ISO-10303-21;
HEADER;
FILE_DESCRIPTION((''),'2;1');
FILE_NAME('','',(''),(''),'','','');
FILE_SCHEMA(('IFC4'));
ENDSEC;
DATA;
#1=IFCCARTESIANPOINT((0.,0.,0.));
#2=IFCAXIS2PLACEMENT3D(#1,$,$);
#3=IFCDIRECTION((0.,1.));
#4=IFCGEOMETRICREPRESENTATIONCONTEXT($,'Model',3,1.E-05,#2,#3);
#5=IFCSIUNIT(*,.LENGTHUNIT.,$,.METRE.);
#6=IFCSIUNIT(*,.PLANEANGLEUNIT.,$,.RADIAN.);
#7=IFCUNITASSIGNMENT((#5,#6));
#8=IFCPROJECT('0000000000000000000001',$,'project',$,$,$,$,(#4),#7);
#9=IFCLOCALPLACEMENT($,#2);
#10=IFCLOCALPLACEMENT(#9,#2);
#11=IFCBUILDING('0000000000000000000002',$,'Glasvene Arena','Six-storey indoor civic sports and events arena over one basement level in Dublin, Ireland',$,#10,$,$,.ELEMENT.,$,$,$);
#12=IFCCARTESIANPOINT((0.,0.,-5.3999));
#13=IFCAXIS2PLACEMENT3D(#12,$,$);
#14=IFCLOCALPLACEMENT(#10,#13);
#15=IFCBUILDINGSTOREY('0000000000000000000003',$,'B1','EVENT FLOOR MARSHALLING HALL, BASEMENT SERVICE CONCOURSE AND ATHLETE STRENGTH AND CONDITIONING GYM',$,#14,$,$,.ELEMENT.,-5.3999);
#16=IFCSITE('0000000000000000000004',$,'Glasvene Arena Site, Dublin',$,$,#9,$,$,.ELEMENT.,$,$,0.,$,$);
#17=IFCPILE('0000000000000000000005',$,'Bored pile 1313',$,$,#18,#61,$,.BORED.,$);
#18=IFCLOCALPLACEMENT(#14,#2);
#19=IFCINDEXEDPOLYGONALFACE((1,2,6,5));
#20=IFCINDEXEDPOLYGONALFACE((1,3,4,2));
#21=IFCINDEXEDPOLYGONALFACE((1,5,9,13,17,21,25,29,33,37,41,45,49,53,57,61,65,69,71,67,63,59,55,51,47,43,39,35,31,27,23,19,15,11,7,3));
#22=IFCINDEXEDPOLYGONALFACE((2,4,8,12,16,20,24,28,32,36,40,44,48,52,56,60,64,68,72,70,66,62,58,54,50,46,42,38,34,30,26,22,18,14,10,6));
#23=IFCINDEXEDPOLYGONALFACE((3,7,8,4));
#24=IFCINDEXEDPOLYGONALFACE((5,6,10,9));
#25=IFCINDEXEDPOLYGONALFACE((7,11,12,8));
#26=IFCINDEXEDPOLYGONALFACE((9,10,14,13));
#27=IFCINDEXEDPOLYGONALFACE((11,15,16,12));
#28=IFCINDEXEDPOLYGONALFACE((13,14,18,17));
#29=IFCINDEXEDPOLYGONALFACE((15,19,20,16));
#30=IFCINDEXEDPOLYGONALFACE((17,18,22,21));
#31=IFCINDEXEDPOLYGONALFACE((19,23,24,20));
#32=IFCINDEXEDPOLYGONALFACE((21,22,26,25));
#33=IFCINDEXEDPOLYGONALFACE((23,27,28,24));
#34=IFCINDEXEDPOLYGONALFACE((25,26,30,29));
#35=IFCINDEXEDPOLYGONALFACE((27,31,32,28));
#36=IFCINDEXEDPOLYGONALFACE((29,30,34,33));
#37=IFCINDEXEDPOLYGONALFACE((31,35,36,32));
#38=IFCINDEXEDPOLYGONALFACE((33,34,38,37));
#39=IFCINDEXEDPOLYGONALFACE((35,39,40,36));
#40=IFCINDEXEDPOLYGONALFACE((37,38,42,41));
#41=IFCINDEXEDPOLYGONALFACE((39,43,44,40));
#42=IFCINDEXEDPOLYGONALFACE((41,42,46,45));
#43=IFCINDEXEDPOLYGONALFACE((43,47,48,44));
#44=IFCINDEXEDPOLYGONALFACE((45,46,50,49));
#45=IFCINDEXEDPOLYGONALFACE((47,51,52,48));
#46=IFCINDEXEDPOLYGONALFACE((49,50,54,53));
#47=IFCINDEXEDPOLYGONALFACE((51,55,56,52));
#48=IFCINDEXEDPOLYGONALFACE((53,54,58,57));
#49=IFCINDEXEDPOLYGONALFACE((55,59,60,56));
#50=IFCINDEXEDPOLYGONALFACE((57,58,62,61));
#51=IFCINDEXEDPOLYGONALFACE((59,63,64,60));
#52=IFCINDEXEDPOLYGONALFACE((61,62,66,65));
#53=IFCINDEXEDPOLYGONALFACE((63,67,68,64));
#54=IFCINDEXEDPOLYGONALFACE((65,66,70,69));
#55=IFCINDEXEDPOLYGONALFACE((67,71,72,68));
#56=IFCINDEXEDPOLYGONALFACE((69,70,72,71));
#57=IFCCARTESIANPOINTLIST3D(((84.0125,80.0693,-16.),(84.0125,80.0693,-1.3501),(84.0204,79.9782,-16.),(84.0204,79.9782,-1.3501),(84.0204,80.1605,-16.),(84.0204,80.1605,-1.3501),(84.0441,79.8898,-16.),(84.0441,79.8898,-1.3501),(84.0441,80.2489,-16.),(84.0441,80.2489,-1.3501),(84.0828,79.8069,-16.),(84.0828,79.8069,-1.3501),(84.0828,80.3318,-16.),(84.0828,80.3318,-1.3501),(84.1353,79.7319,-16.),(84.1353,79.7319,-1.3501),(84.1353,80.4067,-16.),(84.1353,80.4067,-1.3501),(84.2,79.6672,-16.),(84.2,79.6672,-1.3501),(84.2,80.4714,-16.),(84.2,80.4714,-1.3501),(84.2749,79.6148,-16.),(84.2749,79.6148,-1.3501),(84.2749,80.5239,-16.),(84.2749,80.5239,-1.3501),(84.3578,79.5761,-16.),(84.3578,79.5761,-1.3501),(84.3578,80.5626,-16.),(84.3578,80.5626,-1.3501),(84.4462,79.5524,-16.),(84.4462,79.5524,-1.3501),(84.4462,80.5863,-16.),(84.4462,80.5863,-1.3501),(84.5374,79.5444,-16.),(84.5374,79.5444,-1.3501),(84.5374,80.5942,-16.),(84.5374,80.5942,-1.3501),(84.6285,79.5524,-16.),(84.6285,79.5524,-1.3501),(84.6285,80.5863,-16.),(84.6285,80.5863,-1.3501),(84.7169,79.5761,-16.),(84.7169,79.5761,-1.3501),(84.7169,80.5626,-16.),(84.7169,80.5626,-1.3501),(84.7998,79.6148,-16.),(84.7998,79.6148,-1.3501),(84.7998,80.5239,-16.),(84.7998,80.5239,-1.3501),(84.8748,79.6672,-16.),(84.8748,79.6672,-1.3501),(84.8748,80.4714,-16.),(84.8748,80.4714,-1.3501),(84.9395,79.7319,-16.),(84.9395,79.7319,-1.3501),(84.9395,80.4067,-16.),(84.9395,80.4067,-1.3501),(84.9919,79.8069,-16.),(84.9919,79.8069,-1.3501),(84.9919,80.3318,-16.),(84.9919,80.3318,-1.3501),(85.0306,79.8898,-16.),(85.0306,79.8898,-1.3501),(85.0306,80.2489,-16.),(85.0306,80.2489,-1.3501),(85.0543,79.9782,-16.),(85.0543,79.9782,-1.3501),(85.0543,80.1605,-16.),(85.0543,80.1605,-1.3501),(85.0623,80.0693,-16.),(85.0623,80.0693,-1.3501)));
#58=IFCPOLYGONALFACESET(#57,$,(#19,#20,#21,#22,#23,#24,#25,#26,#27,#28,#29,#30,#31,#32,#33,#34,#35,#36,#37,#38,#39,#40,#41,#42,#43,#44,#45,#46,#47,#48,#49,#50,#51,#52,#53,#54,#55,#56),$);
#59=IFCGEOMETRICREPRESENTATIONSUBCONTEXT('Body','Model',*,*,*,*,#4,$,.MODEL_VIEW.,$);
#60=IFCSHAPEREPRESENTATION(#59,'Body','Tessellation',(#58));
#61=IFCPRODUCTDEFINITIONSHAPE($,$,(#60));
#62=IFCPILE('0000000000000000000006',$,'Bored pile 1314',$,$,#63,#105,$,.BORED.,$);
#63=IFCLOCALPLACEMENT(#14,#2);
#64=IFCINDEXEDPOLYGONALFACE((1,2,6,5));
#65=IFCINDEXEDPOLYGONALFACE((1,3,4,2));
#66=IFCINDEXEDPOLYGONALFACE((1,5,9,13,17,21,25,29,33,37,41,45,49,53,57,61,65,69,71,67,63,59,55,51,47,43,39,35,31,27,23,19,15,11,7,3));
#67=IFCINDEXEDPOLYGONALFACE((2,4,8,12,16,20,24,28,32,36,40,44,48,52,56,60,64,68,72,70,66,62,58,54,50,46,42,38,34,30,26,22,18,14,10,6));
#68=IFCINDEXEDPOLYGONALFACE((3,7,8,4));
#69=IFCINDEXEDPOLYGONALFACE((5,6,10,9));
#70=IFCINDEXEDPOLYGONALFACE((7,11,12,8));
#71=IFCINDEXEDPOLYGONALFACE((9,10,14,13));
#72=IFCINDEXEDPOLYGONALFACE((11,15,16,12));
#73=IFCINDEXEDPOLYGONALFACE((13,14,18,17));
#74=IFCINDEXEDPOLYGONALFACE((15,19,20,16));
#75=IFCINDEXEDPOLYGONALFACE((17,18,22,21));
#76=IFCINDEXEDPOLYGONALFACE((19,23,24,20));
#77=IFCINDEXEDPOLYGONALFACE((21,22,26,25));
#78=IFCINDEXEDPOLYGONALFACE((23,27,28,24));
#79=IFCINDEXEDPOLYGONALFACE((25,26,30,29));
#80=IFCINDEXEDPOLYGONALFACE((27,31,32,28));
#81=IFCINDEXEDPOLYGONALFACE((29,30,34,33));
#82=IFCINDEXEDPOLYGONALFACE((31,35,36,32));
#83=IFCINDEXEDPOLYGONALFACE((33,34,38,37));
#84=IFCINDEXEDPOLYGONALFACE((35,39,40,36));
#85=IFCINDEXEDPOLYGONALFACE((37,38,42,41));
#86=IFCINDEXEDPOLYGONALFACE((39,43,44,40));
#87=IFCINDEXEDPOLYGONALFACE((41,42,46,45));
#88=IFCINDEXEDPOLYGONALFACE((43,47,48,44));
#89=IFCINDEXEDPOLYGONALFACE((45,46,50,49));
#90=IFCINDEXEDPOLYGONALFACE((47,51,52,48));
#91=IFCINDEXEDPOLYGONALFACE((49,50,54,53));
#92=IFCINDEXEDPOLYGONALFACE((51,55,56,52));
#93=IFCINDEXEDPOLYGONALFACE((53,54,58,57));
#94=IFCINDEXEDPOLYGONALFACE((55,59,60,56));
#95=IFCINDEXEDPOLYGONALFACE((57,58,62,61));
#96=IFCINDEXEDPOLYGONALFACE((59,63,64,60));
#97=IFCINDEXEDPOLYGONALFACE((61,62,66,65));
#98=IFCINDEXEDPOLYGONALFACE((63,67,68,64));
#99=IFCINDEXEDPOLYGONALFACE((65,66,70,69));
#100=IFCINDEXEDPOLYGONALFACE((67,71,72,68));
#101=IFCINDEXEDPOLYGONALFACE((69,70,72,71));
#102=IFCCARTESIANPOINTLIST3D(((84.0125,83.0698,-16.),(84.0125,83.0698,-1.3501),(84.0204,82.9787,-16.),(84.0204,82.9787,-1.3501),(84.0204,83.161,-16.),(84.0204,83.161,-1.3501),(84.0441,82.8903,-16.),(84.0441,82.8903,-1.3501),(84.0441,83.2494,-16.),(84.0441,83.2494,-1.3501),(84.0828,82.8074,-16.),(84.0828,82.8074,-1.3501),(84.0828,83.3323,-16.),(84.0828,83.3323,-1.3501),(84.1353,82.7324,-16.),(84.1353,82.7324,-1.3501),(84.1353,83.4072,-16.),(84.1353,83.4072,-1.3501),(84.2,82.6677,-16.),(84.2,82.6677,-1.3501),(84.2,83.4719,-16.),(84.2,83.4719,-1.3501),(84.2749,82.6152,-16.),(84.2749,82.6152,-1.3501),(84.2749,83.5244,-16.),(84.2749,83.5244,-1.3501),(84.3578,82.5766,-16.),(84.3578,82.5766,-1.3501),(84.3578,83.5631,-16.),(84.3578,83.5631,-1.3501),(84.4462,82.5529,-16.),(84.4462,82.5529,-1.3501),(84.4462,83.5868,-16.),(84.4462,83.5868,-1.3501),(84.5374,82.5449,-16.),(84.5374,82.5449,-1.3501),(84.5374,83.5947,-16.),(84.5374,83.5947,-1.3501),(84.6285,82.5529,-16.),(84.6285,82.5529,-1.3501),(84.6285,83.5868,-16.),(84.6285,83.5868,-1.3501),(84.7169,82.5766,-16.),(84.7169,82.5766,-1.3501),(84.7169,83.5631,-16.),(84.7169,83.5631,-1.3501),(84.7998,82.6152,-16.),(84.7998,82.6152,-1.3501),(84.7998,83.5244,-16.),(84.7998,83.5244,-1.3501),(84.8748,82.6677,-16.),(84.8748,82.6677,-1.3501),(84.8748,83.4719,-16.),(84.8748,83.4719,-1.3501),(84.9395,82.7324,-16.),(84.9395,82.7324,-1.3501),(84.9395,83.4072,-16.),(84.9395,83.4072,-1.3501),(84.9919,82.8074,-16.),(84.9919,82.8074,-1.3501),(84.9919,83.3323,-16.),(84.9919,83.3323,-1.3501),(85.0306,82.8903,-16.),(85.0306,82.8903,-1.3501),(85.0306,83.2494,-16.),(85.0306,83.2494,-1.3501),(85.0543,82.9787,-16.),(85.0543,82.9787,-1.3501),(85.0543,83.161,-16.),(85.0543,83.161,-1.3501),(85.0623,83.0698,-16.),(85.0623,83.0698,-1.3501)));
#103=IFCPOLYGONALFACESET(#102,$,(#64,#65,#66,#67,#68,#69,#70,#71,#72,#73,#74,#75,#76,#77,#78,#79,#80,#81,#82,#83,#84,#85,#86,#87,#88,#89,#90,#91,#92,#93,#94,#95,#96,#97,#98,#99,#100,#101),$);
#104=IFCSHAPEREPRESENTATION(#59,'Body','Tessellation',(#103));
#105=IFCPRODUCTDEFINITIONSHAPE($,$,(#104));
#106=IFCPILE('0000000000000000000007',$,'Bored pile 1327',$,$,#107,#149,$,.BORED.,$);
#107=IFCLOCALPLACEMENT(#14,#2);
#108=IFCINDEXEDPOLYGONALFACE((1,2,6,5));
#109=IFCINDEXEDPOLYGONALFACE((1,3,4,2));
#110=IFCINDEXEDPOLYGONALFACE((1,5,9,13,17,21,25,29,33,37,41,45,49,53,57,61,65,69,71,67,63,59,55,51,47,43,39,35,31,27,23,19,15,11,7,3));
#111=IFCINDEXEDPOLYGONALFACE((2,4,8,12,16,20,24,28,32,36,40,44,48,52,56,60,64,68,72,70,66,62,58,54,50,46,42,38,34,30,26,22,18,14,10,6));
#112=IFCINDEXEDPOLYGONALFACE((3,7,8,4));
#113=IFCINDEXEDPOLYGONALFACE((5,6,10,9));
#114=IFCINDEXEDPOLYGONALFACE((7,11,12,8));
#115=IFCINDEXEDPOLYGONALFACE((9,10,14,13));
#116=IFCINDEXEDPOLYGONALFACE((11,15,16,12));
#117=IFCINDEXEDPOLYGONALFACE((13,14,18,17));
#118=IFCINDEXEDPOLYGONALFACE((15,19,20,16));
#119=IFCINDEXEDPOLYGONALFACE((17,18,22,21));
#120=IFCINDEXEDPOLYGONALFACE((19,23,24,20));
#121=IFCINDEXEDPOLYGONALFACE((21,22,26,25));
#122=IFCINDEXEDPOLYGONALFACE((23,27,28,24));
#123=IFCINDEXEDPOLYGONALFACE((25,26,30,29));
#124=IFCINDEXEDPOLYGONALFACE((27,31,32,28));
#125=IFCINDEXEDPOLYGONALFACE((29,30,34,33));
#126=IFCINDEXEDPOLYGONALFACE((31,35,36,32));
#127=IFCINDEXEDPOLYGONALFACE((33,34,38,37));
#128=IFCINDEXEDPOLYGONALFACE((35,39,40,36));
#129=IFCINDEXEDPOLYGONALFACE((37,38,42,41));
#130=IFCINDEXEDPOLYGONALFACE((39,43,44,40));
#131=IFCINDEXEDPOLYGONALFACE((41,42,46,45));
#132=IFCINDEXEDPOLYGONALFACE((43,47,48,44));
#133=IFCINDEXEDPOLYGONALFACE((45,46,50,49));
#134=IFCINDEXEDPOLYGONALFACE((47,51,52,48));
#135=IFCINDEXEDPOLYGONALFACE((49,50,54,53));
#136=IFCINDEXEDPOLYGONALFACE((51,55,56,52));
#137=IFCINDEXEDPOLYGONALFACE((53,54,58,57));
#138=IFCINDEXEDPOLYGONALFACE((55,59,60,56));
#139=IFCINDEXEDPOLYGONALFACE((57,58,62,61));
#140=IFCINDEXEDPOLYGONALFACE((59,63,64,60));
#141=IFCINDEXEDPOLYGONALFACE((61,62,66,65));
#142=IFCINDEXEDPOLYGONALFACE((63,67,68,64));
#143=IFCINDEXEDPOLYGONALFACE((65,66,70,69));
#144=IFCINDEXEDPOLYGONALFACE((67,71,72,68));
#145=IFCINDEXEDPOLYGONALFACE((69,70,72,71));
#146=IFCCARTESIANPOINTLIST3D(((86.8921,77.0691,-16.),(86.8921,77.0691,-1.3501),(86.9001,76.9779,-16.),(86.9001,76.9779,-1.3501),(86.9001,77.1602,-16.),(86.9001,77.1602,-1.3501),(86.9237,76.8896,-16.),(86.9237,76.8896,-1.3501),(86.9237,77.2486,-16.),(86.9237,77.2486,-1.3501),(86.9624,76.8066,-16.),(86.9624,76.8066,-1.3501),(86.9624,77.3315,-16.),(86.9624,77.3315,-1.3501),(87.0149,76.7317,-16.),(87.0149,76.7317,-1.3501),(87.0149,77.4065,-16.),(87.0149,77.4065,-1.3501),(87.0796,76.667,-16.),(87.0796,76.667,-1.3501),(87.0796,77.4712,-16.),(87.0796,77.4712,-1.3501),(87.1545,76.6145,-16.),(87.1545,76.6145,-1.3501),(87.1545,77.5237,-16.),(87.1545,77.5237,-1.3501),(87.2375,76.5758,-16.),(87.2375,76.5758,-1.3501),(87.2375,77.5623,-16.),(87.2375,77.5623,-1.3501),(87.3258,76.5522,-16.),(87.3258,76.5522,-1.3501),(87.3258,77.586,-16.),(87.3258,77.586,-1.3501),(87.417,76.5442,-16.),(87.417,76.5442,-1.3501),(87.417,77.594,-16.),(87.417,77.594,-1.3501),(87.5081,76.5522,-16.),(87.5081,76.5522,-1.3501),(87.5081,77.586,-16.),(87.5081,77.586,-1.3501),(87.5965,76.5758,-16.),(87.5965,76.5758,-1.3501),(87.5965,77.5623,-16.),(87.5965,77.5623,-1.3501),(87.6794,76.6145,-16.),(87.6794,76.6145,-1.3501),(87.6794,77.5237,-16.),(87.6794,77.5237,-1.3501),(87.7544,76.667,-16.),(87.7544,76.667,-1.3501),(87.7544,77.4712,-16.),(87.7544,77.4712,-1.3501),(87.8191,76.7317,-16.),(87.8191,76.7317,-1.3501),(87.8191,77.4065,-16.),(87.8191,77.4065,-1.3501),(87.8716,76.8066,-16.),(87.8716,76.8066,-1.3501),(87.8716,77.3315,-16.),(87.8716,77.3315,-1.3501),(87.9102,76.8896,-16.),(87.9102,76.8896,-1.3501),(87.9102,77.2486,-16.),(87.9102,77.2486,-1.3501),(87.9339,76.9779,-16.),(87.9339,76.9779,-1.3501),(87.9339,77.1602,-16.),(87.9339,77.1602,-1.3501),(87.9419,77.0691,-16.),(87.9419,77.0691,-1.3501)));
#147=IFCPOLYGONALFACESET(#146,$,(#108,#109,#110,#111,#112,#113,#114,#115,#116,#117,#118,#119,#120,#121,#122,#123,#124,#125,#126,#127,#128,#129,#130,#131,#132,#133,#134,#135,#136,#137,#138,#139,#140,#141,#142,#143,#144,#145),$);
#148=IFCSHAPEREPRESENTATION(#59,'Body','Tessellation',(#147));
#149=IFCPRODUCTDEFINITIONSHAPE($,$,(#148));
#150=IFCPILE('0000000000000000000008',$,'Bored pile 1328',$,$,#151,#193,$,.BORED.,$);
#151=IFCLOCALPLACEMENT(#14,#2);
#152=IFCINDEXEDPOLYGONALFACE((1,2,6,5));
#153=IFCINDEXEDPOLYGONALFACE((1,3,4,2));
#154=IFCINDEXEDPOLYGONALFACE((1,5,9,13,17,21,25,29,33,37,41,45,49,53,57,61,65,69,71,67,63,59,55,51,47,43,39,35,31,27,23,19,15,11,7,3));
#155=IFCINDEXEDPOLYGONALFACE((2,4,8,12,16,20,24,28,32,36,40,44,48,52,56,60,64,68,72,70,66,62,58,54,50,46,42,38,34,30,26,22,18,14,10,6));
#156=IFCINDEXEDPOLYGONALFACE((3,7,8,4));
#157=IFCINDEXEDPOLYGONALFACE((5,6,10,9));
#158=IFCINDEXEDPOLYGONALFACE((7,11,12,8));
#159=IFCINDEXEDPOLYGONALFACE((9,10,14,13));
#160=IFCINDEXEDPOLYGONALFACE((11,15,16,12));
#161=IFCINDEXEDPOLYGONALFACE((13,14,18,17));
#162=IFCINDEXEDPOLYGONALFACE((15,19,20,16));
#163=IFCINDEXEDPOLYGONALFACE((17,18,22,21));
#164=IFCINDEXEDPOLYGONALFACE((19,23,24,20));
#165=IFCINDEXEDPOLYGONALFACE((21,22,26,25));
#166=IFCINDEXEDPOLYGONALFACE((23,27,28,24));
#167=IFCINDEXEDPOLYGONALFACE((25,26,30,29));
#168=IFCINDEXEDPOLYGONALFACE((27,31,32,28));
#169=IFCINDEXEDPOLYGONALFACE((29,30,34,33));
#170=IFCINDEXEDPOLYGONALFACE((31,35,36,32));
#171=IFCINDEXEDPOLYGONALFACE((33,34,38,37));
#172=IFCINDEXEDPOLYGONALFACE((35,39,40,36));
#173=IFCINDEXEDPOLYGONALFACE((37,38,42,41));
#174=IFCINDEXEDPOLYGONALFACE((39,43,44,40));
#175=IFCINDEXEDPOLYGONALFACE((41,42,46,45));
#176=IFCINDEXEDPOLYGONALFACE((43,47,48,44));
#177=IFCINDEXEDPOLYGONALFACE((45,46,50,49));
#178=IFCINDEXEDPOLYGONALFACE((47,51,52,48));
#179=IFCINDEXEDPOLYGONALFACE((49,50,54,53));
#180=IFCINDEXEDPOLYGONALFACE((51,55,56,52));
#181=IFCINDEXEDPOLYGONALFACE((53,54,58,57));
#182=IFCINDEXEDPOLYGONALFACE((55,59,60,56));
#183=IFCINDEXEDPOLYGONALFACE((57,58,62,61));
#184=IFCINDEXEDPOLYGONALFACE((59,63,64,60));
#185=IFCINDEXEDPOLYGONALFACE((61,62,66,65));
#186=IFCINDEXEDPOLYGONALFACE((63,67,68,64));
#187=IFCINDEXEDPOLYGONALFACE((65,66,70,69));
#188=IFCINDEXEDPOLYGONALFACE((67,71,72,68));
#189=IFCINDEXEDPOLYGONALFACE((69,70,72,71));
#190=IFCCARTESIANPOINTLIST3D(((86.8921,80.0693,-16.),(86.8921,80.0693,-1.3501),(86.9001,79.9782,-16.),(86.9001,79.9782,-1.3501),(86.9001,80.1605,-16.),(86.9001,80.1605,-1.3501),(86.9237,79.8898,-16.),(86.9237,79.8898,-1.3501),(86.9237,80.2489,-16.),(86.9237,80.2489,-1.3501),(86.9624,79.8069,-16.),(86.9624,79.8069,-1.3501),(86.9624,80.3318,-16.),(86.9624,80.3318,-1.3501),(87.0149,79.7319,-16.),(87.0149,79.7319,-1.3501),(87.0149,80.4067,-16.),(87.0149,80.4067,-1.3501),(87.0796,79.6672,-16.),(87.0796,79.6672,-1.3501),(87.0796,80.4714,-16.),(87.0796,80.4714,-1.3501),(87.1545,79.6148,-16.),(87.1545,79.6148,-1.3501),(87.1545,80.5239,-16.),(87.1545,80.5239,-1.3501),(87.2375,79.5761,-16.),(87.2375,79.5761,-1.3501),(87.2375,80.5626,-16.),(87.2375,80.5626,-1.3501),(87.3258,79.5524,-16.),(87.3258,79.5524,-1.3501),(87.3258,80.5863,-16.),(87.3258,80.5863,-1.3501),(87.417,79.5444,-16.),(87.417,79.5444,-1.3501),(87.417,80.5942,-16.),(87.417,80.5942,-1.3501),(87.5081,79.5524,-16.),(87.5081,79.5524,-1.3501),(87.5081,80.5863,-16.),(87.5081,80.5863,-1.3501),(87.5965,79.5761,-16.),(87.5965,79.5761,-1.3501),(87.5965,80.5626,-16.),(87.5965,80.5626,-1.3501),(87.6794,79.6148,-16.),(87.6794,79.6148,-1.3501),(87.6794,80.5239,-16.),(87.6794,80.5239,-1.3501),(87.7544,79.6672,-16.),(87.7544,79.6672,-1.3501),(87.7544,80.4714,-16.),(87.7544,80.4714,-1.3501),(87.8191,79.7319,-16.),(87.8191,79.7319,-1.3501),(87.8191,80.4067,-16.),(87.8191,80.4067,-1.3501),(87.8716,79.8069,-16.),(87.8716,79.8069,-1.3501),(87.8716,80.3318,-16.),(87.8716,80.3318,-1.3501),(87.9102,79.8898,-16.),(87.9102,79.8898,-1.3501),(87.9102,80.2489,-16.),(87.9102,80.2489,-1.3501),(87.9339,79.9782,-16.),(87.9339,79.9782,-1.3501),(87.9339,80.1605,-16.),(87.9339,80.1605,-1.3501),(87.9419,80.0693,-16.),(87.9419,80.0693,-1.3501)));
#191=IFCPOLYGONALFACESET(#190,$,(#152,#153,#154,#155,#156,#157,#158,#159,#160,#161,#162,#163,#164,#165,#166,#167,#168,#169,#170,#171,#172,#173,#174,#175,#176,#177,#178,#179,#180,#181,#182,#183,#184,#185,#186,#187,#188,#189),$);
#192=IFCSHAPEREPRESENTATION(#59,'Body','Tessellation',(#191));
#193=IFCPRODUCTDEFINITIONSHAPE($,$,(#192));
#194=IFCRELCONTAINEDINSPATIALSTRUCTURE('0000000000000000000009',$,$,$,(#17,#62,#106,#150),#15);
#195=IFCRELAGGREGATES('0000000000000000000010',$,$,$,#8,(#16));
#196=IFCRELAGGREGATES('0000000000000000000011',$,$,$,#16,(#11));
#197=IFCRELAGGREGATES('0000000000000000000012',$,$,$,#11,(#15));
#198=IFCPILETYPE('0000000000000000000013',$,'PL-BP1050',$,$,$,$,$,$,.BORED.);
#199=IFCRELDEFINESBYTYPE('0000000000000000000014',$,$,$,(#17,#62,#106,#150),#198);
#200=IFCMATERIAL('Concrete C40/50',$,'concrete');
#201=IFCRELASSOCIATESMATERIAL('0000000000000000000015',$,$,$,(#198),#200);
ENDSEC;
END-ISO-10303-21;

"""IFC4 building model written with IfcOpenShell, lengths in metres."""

from ifc_helpers import new_model, si_unit, direction, frame, origin, origin_2d, place, context, subcontext, project, spatial, circle, extrude, material, material_profile, profile_set, type_object, element, save


model = new_model("IFC4")

# Units and contexts
model_context = context("Model", 3, precision=1e-05, world=origin(), true_north=direction((0.0, 1.0)))
body_context = subcontext(model_context, "Body", "Model", "MODEL_VIEW")
ifc_project = project(units=[si_unit("LENGTHUNIT", "METRE"), si_unit("PLANEANGLEUNIT", "RADIAN")], contexts=[model_context])

# Site, building, storey
site_placement = place(None, origin())
site = spatial("IfcSite", under=ifc_project, at=site_placement, Name="Glasvene Arena Site, Dublin", CompositionType="ELEMENT", RefElevation=0.0)
building_placement = place(site_placement, origin())
building = spatial("IfcBuilding", under=site, at=building_placement, Name="Glasvene Arena", Description="Six-storey indoor civic sports and events arena over one basement level in Dublin, Ireland", CompositionType="ELEMENT")
storey_placement = place(building_placement, frame((0.0, 0.0, -5.3999)))
storey = spatial("IfcBuildingStorey", under=building, at=storey_placement, Name="B1", Description="EVENT FLOOR MARSHALLING HALL, BASEMENT SERVICE CONCOURSE AND ATHLETE STRENGTH AND CONDITIONING GYM", CompositionType="ELEMENT", Elevation=-5.3999)

# Piles
ifc_material = material(Name="Concrete C40/50", Category="concrete")
ifc_material_profile = material_profile(ifc_material, circle(Radius=0.5249, at=origin_2d()), Name="BORED PILE 1050")
ifc_profile_set = profile_set([ifc_material_profile], Name="Concrete C40/50")
pile_type = type_object("IfcPileType", Name="PL-BP1050", PredefinedType="BORED", material=ifc_profile_set)
for number, where, z_axis, x_axis, name in (
    (1, (84.5374, 80.0693, -1.3501), (0.0, 0.0, -1.0), (1.0, 0.0, 0.0), "Bored pile 1313"),
    (2, (84.5374, 83.0698, -1.3501), (0.0, 0.0, -1.0), (1.0, 0.0, 0.0), "Bored pile 1314"),
    (3, (87.417, 77.0691, -1.3501), (0.0, 0.0, -1.0), (1.0, 0.0, 0.0), "Bored pile 1327"),
    (4, (87.417, 80.0693, -1.3501), (0.0, 0.0, -1.0), (1.0, 0.0, 0.0), "Bored pile 1328"),
):
    element("IfcPile", number, at=place(storey_placement, frame(where, z_axis=z_axis, x_axis=x_axis)), inside=storey, type_object=pile_type, Name=name, PredefinedType="BORED", context=body_context, shape_type="SweptSolid", body=[
        extrude(circle(Radius=0.5249, at=origin_2d()), origin(), (0.0, 0.0, 1.0), 14.6499),
    ])

save(model, "model.ifc")
